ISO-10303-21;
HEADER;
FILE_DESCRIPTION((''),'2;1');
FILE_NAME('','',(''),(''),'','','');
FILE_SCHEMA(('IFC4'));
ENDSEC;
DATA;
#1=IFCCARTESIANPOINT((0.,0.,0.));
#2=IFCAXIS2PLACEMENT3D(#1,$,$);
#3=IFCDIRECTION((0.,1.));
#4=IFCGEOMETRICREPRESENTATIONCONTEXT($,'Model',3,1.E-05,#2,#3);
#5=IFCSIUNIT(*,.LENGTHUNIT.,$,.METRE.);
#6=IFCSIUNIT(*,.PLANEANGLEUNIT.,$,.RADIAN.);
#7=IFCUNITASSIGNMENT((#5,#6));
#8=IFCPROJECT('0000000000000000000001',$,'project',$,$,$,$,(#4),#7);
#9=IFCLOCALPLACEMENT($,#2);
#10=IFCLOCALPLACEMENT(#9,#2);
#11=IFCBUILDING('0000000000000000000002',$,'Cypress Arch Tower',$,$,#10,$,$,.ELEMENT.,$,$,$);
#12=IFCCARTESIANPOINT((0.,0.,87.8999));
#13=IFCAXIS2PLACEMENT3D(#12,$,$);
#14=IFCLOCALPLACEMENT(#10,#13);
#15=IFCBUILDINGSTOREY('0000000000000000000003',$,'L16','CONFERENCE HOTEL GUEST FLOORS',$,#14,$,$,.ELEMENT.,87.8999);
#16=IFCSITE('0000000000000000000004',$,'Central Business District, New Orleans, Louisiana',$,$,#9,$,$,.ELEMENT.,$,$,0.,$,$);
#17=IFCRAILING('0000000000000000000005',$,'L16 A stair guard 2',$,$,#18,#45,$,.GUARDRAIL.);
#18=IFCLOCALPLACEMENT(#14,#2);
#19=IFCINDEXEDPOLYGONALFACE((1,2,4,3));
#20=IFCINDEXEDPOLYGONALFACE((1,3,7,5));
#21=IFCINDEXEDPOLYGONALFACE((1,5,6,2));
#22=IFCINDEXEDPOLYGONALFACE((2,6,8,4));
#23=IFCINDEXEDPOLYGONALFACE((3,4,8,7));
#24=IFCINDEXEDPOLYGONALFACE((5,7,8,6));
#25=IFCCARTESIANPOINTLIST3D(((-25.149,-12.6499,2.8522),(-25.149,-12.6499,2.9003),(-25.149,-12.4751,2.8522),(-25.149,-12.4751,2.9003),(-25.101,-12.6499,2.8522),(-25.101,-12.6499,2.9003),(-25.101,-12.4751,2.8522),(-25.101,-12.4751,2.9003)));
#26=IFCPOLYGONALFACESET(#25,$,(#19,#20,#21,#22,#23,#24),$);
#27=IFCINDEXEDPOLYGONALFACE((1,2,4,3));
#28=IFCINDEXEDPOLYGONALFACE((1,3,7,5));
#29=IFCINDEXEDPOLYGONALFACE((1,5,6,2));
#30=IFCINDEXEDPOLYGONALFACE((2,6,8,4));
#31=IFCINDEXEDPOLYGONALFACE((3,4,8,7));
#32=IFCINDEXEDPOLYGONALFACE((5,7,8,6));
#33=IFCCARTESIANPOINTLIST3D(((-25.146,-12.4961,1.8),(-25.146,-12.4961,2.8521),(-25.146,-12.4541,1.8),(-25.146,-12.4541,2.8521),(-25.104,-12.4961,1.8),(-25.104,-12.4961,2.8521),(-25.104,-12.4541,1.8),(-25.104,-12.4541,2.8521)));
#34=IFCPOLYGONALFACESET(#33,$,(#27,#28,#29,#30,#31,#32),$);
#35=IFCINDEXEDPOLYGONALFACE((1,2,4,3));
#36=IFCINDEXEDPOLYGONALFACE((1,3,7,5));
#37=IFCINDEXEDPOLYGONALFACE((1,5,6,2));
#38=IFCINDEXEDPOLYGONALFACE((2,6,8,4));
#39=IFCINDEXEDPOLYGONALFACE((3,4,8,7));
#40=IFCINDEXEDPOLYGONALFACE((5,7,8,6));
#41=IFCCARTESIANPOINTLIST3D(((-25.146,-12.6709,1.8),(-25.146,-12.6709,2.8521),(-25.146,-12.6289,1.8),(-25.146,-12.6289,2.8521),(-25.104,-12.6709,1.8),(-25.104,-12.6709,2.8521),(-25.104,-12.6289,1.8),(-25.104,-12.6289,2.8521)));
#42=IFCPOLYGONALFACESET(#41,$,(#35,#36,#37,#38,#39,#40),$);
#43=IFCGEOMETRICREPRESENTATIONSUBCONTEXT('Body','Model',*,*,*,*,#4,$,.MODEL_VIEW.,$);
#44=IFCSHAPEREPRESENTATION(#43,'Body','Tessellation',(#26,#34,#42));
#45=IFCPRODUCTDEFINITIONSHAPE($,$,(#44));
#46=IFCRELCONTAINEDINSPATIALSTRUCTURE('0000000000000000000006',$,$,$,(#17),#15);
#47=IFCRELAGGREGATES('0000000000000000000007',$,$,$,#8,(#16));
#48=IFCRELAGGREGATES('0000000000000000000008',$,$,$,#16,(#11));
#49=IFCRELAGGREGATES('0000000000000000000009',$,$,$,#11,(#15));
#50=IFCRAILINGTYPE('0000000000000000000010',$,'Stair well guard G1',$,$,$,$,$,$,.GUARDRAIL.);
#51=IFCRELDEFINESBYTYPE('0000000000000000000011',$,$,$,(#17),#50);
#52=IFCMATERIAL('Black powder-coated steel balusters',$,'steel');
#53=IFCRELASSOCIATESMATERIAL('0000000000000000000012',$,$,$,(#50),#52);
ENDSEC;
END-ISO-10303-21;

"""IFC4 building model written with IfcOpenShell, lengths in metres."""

from ifc_helpers import new_model, si_unit, direction, frame, origin, origin_2d, place, context, subcontext, project, spatial, rectangle, extrude, material, type_object, element, save


model = new_model("IFC4")

# Units and contexts
model_context = context("Model", 3, precision=1e-05, world=origin(), true_north=direction((0.0, 1.0)))
body_context = subcontext(model_context, "Body", "Model", "MODEL_VIEW")
ifc_project = project(units=[si_unit("LENGTHUNIT", "METRE"), si_unit("PLANEANGLEUNIT", "RADIAN")], contexts=[model_context])

# Site, building, storey
site_placement = place(None, origin())
site = spatial("IfcSite", under=ifc_project, at=site_placement, Name="Central Business District, New Orleans, Louisiana", CompositionType="ELEMENT", RefElevation=0.0)
building_placement = place(site_placement, origin())
building = spatial("IfcBuilding", under=site, at=building_placement, Name="Cypress Arch Tower", CompositionType="ELEMENT")
storey_placement = place(building_placement, frame((0.0, 0.0, 87.8999)))
storey = spatial("IfcBuildingStorey", under=building, at=storey_placement, Name="L16", Description="CONFERENCE HOTEL GUEST FLOORS", CompositionType="ELEMENT", Elevation=87.8999)

# Railing
ifc_material_1 = material(Name="Black powder-coated steel balusters", Category="steel")
railing_type_1 = type_object("IfcRailingType", Name="Stair well guard G1", PredefinedType="GUARDRAIL", material=ifc_material_1)
railing_1_placement = place(storey_placement, frame((-25.125, -12.4751, 1.8)))
element("IfcRailing", 1, at=railing_1_placement, inside=storey, type_object=railing_type_1, Name="L16 A stair guard 2", PredefinedType="GUARDRAIL", context=body_context, shape_type="SweptSolid", body=[
    extrude(rectangle(XDim=0.0481, YDim=0.0481, at=origin_2d()), frame((0.0, 0.0, 1.0762), z_axis=(0.0, -1.0, 0.0), x_axis=(1.0, 0.0, 0.0)), (0.0, 0.0, 1.0), 0.1748),
    extrude(rectangle(XDim=0.042, YDim=0.042, at=origin_2d()), origin(), (0.0, 0.0, 1.0), 1.052),
    extrude(rectangle(XDim=0.042, YDim=0.042, at=origin_2d()), frame((0.0, -0.1748, 0.0)), (0.0, 0.0, 1.0), 1.052),
])

save(model, "model.ifc")
